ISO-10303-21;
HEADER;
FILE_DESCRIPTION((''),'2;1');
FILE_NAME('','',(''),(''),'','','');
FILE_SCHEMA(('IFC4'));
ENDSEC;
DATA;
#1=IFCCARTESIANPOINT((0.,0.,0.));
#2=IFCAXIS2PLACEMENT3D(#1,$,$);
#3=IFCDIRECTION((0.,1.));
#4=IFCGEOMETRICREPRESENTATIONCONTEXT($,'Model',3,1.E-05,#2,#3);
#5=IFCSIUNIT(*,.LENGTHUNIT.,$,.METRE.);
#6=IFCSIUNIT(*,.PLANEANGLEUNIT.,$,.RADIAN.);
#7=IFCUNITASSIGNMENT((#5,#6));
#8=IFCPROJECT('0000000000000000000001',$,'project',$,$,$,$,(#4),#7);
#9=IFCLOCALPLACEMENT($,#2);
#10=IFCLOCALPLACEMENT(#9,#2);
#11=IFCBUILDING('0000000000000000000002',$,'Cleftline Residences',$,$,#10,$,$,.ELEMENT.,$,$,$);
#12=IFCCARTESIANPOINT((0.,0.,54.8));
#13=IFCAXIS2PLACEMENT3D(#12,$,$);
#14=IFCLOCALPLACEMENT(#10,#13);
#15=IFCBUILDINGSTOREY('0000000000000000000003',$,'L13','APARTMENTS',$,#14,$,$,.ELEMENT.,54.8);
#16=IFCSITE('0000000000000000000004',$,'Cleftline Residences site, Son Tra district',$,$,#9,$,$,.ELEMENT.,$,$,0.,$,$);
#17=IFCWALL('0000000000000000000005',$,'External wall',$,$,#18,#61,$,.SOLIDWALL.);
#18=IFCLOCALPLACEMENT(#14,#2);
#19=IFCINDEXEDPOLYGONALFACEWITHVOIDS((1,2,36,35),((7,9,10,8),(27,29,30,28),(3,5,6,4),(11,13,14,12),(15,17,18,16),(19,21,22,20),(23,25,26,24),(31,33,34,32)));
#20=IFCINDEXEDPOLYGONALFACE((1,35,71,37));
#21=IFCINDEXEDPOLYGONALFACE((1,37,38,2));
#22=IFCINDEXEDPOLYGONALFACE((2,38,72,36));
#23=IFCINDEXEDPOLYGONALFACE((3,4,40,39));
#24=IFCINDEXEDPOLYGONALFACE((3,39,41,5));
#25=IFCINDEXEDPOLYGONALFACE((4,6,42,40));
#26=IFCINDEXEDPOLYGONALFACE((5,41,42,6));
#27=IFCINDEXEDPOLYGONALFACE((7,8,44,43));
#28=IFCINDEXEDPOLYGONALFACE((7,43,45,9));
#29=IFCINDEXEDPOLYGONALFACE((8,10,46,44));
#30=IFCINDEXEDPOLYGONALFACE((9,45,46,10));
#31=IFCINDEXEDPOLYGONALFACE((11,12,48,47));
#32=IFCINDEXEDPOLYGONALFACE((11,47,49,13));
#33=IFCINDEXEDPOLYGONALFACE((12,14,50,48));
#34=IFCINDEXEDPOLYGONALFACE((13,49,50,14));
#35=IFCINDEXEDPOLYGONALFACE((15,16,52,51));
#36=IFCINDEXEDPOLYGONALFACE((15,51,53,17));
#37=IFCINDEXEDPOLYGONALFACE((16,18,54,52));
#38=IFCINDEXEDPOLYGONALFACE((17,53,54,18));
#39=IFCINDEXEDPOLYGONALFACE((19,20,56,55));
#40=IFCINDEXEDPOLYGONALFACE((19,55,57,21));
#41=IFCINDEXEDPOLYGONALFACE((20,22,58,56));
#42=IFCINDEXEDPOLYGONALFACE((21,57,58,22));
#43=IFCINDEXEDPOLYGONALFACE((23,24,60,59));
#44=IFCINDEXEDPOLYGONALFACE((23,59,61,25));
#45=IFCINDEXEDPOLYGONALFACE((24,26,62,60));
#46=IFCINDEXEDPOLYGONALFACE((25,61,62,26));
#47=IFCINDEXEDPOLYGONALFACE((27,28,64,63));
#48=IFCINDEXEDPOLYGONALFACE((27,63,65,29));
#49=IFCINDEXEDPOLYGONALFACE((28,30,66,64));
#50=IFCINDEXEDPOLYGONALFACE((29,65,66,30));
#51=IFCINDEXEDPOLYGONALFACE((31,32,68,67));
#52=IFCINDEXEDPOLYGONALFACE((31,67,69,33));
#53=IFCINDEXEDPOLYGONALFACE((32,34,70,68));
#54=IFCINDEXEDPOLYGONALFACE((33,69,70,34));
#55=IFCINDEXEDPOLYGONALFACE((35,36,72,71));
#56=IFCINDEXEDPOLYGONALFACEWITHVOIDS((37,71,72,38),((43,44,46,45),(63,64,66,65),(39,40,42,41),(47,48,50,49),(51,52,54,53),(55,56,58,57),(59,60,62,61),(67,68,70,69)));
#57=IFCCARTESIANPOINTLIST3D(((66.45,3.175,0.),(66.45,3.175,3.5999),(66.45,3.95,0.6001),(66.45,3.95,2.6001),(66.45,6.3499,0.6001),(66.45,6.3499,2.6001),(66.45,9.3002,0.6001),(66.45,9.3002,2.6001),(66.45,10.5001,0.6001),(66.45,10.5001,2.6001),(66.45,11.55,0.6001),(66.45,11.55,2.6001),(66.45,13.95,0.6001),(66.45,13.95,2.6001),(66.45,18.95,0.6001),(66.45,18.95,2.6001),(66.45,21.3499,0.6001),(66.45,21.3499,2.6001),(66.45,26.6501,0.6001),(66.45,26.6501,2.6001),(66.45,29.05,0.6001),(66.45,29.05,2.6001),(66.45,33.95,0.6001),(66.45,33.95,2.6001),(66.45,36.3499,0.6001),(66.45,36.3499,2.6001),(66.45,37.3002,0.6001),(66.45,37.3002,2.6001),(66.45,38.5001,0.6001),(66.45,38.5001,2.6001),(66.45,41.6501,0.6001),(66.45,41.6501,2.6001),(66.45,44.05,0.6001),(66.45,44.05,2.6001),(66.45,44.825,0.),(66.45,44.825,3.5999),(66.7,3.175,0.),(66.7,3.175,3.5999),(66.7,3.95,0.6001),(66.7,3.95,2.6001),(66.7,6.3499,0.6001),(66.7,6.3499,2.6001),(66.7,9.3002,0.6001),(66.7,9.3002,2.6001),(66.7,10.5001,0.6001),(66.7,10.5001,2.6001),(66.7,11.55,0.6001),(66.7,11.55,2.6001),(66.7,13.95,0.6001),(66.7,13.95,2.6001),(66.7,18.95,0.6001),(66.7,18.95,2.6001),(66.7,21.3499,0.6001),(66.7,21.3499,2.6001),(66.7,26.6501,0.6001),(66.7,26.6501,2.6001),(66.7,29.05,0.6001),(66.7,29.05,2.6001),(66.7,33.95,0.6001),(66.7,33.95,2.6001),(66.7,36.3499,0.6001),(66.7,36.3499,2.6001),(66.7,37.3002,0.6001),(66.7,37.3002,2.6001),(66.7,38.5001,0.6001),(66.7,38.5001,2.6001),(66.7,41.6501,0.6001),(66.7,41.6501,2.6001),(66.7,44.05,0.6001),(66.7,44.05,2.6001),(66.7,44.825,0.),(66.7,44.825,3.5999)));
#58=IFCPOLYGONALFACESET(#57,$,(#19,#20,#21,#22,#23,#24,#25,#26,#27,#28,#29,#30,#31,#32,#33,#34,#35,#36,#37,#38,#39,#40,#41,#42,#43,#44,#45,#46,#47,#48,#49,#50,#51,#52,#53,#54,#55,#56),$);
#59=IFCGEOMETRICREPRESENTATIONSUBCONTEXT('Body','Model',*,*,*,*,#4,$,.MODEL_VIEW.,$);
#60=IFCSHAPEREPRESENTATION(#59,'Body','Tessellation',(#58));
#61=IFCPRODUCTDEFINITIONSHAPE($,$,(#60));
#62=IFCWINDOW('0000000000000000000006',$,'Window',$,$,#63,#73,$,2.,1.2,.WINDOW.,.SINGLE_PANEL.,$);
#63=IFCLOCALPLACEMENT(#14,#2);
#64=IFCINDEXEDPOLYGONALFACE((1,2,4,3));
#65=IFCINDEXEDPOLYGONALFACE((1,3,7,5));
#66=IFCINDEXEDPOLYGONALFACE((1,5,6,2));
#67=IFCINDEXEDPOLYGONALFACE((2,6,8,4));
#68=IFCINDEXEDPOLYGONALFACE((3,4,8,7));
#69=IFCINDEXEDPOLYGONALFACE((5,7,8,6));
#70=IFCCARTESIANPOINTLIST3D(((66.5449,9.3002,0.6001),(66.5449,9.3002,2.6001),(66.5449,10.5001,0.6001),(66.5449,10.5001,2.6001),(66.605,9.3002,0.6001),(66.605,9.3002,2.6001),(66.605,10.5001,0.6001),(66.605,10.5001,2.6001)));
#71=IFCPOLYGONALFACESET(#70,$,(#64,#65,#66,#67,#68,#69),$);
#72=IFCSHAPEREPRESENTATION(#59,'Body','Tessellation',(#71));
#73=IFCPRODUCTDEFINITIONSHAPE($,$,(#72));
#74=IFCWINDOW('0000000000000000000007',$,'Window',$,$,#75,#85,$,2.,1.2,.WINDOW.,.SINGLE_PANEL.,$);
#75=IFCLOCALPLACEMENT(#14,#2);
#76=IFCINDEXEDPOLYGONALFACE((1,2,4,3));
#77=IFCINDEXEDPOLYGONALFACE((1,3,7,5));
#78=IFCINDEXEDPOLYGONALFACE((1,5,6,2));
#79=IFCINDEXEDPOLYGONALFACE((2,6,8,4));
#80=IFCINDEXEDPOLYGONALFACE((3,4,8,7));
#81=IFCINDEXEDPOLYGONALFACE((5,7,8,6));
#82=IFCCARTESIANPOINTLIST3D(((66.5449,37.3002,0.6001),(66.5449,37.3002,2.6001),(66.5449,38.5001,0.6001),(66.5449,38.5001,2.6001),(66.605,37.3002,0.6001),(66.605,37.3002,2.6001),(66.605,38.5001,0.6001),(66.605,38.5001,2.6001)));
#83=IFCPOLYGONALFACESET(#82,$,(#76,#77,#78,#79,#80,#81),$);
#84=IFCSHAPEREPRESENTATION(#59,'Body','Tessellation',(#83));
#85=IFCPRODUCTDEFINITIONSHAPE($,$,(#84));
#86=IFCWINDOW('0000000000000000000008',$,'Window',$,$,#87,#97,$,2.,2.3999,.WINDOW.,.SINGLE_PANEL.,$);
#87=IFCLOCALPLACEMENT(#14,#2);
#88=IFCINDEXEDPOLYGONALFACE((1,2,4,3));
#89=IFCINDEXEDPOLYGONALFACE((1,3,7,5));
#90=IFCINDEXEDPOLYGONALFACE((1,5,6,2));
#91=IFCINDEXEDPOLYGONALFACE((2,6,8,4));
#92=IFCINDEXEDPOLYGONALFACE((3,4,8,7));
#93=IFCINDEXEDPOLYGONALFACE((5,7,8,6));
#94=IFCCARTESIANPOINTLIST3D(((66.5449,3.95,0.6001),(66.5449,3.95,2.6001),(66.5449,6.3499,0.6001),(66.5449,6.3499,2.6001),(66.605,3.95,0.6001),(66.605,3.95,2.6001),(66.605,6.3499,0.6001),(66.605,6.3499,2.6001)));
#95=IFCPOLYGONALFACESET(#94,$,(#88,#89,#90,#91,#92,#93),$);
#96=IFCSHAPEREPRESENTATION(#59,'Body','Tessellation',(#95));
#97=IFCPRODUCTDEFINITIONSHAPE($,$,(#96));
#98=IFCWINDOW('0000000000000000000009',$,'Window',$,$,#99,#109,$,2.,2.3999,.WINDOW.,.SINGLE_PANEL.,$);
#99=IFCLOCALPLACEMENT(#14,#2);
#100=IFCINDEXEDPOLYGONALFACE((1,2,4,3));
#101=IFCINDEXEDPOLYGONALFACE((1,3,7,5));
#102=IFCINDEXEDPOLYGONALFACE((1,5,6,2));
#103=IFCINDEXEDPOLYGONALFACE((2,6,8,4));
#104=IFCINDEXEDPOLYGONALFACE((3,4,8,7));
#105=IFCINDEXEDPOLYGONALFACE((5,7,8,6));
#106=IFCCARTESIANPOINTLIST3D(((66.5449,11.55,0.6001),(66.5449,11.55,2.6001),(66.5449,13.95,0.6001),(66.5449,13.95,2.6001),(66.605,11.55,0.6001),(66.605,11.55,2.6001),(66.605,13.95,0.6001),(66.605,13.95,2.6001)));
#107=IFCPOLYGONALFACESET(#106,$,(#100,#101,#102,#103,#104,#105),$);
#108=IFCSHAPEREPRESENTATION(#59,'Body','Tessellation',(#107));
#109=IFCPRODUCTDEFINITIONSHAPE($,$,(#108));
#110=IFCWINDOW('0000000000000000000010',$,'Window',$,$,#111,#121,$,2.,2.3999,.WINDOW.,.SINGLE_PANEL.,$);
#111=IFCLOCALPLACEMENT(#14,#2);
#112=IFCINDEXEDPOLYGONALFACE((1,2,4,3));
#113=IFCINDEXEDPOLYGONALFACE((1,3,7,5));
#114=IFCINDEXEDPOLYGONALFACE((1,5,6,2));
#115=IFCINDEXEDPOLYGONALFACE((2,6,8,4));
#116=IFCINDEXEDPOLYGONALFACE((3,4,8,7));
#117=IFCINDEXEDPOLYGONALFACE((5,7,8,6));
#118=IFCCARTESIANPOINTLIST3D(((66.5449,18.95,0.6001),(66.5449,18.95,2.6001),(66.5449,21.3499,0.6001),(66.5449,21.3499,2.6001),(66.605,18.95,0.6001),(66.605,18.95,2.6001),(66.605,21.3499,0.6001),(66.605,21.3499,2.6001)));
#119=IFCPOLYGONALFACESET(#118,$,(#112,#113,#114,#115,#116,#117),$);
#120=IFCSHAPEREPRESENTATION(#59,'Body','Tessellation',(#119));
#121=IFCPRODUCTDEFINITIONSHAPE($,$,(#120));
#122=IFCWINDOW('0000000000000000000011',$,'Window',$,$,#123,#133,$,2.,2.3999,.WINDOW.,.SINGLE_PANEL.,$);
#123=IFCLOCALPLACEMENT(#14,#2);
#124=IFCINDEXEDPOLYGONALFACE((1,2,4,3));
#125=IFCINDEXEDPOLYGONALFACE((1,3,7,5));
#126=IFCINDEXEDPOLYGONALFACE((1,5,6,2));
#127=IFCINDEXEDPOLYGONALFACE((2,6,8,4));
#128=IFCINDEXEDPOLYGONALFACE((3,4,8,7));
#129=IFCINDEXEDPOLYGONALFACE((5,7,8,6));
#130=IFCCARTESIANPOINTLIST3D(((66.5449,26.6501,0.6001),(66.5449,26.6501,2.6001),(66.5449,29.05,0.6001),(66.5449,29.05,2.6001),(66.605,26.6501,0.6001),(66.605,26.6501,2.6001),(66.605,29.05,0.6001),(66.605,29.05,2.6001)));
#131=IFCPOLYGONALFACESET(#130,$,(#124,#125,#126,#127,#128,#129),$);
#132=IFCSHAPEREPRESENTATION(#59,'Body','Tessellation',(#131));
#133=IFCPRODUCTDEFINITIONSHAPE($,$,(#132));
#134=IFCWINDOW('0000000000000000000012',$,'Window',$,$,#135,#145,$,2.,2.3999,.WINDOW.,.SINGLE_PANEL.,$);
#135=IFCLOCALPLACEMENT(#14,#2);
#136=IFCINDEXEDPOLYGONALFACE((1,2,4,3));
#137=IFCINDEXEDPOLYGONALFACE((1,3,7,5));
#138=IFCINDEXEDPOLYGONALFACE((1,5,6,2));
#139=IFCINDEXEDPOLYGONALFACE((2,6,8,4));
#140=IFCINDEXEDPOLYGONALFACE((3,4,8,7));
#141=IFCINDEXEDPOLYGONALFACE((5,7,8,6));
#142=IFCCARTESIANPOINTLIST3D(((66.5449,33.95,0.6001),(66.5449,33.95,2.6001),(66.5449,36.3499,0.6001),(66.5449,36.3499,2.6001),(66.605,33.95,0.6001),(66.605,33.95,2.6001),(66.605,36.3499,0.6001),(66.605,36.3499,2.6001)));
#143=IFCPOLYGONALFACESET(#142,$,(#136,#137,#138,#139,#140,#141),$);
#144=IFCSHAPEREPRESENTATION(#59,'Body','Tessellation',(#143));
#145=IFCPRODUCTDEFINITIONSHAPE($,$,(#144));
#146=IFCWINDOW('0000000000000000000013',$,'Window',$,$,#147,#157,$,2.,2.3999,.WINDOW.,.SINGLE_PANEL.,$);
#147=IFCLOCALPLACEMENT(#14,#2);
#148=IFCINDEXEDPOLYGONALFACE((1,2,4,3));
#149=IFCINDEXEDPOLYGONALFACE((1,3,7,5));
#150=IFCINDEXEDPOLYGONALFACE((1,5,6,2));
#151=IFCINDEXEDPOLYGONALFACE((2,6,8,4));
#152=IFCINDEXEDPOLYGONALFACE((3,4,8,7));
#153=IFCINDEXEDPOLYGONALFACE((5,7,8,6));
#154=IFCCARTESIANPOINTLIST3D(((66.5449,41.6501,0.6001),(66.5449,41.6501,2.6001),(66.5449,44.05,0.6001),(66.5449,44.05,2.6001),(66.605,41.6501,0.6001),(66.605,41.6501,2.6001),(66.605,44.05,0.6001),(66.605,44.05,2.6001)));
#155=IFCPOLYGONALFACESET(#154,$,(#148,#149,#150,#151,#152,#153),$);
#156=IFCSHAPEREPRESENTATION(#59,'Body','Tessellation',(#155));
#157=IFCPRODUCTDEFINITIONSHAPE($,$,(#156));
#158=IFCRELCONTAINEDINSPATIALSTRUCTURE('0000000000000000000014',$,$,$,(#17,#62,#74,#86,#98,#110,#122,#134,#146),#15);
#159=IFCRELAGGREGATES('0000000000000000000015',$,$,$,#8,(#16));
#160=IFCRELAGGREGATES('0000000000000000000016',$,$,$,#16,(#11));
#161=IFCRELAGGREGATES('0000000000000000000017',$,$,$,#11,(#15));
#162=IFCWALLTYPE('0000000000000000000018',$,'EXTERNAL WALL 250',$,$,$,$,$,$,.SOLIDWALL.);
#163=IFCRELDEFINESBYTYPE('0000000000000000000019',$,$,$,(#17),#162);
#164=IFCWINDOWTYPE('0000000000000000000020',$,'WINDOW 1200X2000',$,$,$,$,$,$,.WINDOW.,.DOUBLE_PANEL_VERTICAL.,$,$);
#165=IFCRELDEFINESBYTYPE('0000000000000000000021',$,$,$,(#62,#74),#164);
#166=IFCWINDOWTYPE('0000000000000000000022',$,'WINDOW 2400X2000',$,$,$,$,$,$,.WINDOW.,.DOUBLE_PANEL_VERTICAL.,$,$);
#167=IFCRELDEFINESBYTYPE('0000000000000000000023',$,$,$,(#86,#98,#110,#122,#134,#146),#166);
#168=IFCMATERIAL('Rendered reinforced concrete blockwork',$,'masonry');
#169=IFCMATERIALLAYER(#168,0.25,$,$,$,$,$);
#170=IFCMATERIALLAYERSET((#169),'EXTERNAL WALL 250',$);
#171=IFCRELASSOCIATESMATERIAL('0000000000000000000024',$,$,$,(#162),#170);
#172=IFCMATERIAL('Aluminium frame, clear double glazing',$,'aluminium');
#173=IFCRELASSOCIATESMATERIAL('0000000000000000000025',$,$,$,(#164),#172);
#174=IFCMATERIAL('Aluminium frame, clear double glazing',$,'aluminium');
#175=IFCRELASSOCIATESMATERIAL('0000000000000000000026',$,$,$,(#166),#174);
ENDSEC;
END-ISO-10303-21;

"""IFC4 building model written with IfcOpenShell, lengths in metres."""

from ifc_helpers import new_model, si_unit, direction, frame, frame_2d, origin, place, context, subcontext, project, spatial, rectangle, extrude, material, layer, layer_set, type_object, element, fill, save


model = new_model("IFC4")

# Units and contexts
model_context = context("Model", 3, precision=1e-05, world=origin(), true_north=direction((0.0, 1.0)))
body_context = subcontext(model_context, "Body", "Model", "MODEL_VIEW")
ifc_project = project(units=[si_unit("LENGTHUNIT", "METRE"), si_unit("PLANEANGLEUNIT", "RADIAN")], contexts=[model_context])

# Site, building, storey
site_placement = place(None, origin())
site = spatial("IfcSite", under=ifc_project, at=site_placement, Name="Cleftline Residences site, Son Tra district", CompositionType="ELEMENT", RefElevation=0.0)
building_placement = place(site_placement, origin())
building = spatial("IfcBuilding", under=site, at=building_placement, Name="Cleftline Residences", CompositionType="ELEMENT")
storey_placement = place(building_placement, frame((0.0, 0.0, 54.8)))
storey = spatial("IfcBuildingStorey", under=building, at=storey_placement, Name="L13", Description="APARTMENTS", CompositionType="ELEMENT", Elevation=54.8)

# Wall, openings, windows
ifc_material_1 = material(Name="Rendered reinforced concrete blockwork", Category="masonry")
ifc_layer_1 = layer(ifc_material_1, 0.25)
ifc_layer_set_1 = layer_set([ifc_layer_1], Name="EXTERNAL WALL 250")
wall_type_1 = type_object("IfcWallType", Name="EXTERNAL WALL 250", PredefinedType="SOLIDWALL", material=ifc_layer_set_1)
ifc_material_2 = material(Name="Aluminium frame, clear double glazing", Category="aluminium")
window_type_1 = type_object("IfcWindowType", Name="WINDOW 1200X2000", PartitioningType="DOUBLE_PANEL_VERTICAL", PredefinedType="WINDOW", material=ifc_material_2)
wall_1_placement = place(storey_placement, frame((66.575, 3.175, 0.0), z_axis=(0.0, 0.0, 1.0), x_axis=(0.0, 1.0, 0.0)))
wall_1 = element("IfcWall", 1, at=wall_1_placement, inside=storey, type_object=wall_type_1, Name="External wall", PredefinedType="SOLIDWALL", context=body_context, shape_type="SweptSolid", body=[
    extrude(rectangle(XDim=41.6499, YDim=0.25, at=frame_2d((20.825, 0.0))), origin(), (0.0, 0.0, 1.0), 3.5999),
])
opening_1_placement = place(wall_1_placement, frame((0.7749, 0.0, 0.6001)))
opening_1 = element("IfcOpeningElement", 2, at=opening_1_placement, cuts=wall_1, PredefinedType="OPENING", context=body_context, shape_type="SweptSolid", body=[
    extrude(rectangle(XDim=2.3999, YDim=2.0, at=frame_2d((1.2, 1.0))), frame((0.0, 0.135, 0.0), z_axis=(0.0, -1.0, 0.0), x_axis=(1.0, 0.0, 0.0)), (0.0, 0.0, 1.0), 0.27),
])
opening_2_placement = place(wall_1_placement, frame((6.125, 0.0, 0.6001)))
opening_2 = element("IfcOpeningElement", 3, at=opening_2_placement, cuts=wall_1, PredefinedType="OPENING", context=body_context, shape_type="SweptSolid", body=[
    extrude(rectangle(XDim=1.2, YDim=2.0, at=frame_2d((0.6001, 1.0))), frame((0.0, 0.135, 0.0), z_axis=(0.0, -1.0, 0.0), x_axis=(1.0, 0.0, 0.0)), (0.0, 0.0, 1.0), 0.27),
])
opening_3_placement = place(wall_1_placement, frame((8.375, 0.0, 0.6001)))
opening_3 = element("IfcOpeningElement", 4, at=opening_3_placement, cuts=wall_1, PredefinedType="OPENING", context=body_context, shape_type="SweptSolid", body=[
    extrude(rectangle(XDim=2.3999, YDim=2.0, at=frame_2d((1.2, 1.0))), frame((0.0, 0.135, 0.0), z_axis=(0.0, -1.0, 0.0), x_axis=(1.0, 0.0, 0.0)), (0.0, 0.0, 1.0), 0.27),
])
opening_4_placement = place(wall_1_placement, frame((15.7749, 0.0, 0.6001)))
opening_4 = element("IfcOpeningElement", 5, at=opening_4_placement, cuts=wall_1, PredefinedType="OPENING", context=body_context, shape_type="SweptSolid", body=[
    extrude(rectangle(XDim=2.3999, YDim=2.0, at=frame_2d((1.2, 1.0))), frame((0.0, 0.135, 0.0), z_axis=(0.0, -1.0, 0.0), x_axis=(1.0, 0.0, 0.0)), (0.0, 0.0, 1.0), 0.27),
])
opening_5_placement = place(wall_1_placement, frame((23.4751, 0.0, 0.6001)))
opening_5 = element("IfcOpeningElement", 6, at=opening_5_placement, cuts=wall_1, PredefinedType="OPENING", context=body_context, shape_type="SweptSolid", body=[
    extrude(rectangle(XDim=2.3999, YDim=2.0, at=frame_2d((1.2, 1.0))), frame((0.0, 0.135, 0.0), z_axis=(0.0, -1.0, 0.0), x_axis=(1.0, 0.0, 0.0)), (0.0, 0.0, 1.0), 0.27),
])
opening_6_placement = place(wall_1_placement, frame((30.7749, 0.0, 0.6001)))
opening_6 = element("IfcOpeningElement", 7, at=opening_6_placement, cuts=wall_1, PredefinedType="OPENING", context=body_context, shape_type="SweptSolid", body=[
    extrude(rectangle(XDim=2.3999, YDim=2.0, at=frame_2d((1.2, 1.0))), frame((0.0, 0.135, 0.0), z_axis=(0.0, -1.0, 0.0), x_axis=(1.0, 0.0, 0.0)), (0.0, 0.0, 1.0), 0.27),
])
opening_7_placement = place(wall_1_placement, frame((34.125, 0.0, 0.6001)))
opening_7 = element("IfcOpeningElement", 8, at=opening_7_placement, cuts=wall_1, PredefinedType="OPENING", context=body_context, shape_type="SweptSolid", body=[
    extrude(rectangle(XDim=1.2, YDim=2.0, at=frame_2d((0.6001, 1.0))), frame((0.0, 0.135, 0.0), z_axis=(0.0, -1.0, 0.0), x_axis=(1.0, 0.0, 0.0)), (0.0, 0.0, 1.0), 0.27),
])
opening_8_placement = place(wall_1_placement, frame((38.4751, 0.0, 0.6001)))
opening_8 = element("IfcOpeningElement", 9, at=opening_8_placement, cuts=wall_1, PredefinedType="OPENING", context=body_context, shape_type="SweptSolid", body=[
    extrude(rectangle(XDim=2.3999, YDim=2.0, at=frame_2d((1.2, 1.0))), frame((0.0, 0.135, 0.0), z_axis=(0.0, -1.0, 0.0), x_axis=(1.0, 0.0, 0.0)), (0.0, 0.0, 1.0), 0.27),
])
window_1_placement = place(opening_2_placement, origin())
window_1 = element("IfcWindow", 10, at=window_1_placement, inside=storey, type_object=window_type_1, Name="Window", OverallHeight=2.0, OverallWidth=1.2, PartitioningType="SINGLE_PANEL", PredefinedType="WINDOW", context=body_context, shape_type="SweptSolid", body=[
    extrude(rectangle(XDim=1.2, YDim=2.0, at=frame_2d((0.6001, 1.0))), frame((0.0, 0.03, 0.0), z_axis=(0.0, -1.0, 0.0), x_axis=(1.0, 0.0, 0.0)), (0.0, 0.0, 1.0), 0.0601),
])
fill(opening_2, window_1)
window_2_placement = place(opening_7_placement, origin())
window_2 = element("IfcWindow", 11, at=window_2_placement, inside=storey, type_object=window_type_1, Name="Window", OverallHeight=2.0, OverallWidth=1.2, PartitioningType="SINGLE_PANEL", PredefinedType="WINDOW", context=body_context, shape_type="SweptSolid", body=[
    extrude(rectangle(XDim=1.2, YDim=2.0, at=frame_2d((0.6001, 1.0))), frame((0.0, 0.03, 0.0), z_axis=(0.0, -1.0, 0.0), x_axis=(1.0, 0.0, 0.0)), (0.0, 0.0, 1.0), 0.0601),
])
fill(opening_7, window_2)
ifc_material_3 = material(Name="Aluminium frame, clear double glazing", Category="aluminium")
window_type_2 = type_object("IfcWindowType", Name="WINDOW 2400X2000", PartitioningType="DOUBLE_PANEL_VERTICAL", PredefinedType="WINDOW", material=ifc_material_3)
window_3_placement = place(opening_1_placement, origin())
window_3 = element("IfcWindow", 12, at=window_3_placement, inside=storey, type_object=window_type_2, Name="Window", OverallHeight=2.0, OverallWidth=2.3999, PartitioningType="SINGLE_PANEL", PredefinedType="WINDOW", context=body_context, shape_type="SweptSolid", body=[
    extrude(rectangle(XDim=2.3999, YDim=2.0, at=frame_2d((1.2, 1.0))), frame((0.0, 0.03, 0.0), z_axis=(0.0, -1.0, 0.0), x_axis=(1.0, 0.0, 0.0)), (0.0, 0.0, 1.0), 0.0601),
])
fill(opening_1, window_3)
window_4_placement = place(opening_3_placement, origin())
window_4 = element("IfcWindow", 13, at=window_4_placement, inside=storey, type_object=window_type_2, Name="Window", OverallHeight=2.0, OverallWidth=2.3999, PartitioningType="SINGLE_PANEL", PredefinedType="WINDOW", context=body_context, shape_type="SweptSolid", body=[
    extrude(rectangle(XDim=2.3999, YDim=2.0, at=frame_2d((1.2, 1.0))), frame((0.0, 0.03, 0.0), z_axis=(0.0, -1.0, 0.0), x_axis=(1.0, 0.0, 0.0)), (0.0, 0.0, 1.0), 0.0601),
])
fill(opening_3, window_4)
window_5_placement = place(opening_4_placement, origin())
window_5 = element("IfcWindow", 14, at=window_5_placement, inside=storey, type_object=window_type_2, Name="Window", OverallHeight=2.0, OverallWidth=2.3999, PartitioningType="SINGLE_PANEL", PredefinedType="WINDOW", context=body_context, shape_type="SweptSolid", body=[
    extrude(rectangle(XDim=2.3999, YDim=2.0, at=frame_2d((1.2, 1.0))), frame((0.0, 0.03, 0.0), z_axis=(0.0, -1.0, 0.0), x_axis=(1.0, 0.0, 0.0)), (0.0, 0.0, 1.0), 0.0601),
])
fill(opening_4, window_5)
window_6_placement = place(opening_5_placement, origin())
window_6 = element("IfcWindow", 15, at=window_6_placement, inside=storey, type_object=window_type_2, Name="Window", OverallHeight=2.0, OverallWidth=2.3999, PartitioningType="SINGLE_PANEL", PredefinedType="WINDOW", context=body_context, shape_type="SweptSolid", body=[
    extrude(rectangle(XDim=2.3999, YDim=2.0, at=frame_2d((1.2, 1.0))), frame((0.0, 0.03, 0.0), z_axis=(0.0, -1.0, 0.0), x_axis=(1.0, 0.0, 0.0)), (0.0, 0.0, 1.0), 0.0601),
])
fill(opening_5, window_6)
window_7_placement = place(opening_6_placement, origin())
window_7 = element("IfcWindow", 16, at=window_7_placement, inside=storey, type_object=window_type_2, Name="Window", OverallHeight=2.0, OverallWidth=2.3999, PartitioningType="SINGLE_PANEL", PredefinedType="WINDOW", context=body_context, shape_type="SweptSolid", body=[
    extrude(rectangle(XDim=2.3999, YDim=2.0, at=frame_2d((1.2, 1.0))), frame((0.0, 0.03, 0.0), z_axis=(0.0, -1.0, 0.0), x_axis=(1.0, 0.0, 0.0)), (0.0, 0.0, 1.0), 0.0601),
])
fill(opening_6, window_7)
window_8_placement = place(opening_8_placement, origin())
window_8 = element("IfcWindow", 17, at=window_8_placement, inside=storey, type_object=window_type_2, Name="Window", OverallHeight=2.0, OverallWidth=2.3999, PartitioningType="SINGLE_PANEL", PredefinedType="WINDOW", context=body_context, shape_type="SweptSolid", body=[
    extrude(rectangle(XDim=2.3999, YDim=2.0, at=frame_2d((1.2, 1.0))), frame((0.0, 0.03, 0.0), z_axis=(0.0, -1.0, 0.0), x_axis=(1.0, 0.0, 0.0)), (0.0, 0.0, 1.0), 0.0601),
])
fill(opening_8, window_8)

save(model, "model.ifc")
